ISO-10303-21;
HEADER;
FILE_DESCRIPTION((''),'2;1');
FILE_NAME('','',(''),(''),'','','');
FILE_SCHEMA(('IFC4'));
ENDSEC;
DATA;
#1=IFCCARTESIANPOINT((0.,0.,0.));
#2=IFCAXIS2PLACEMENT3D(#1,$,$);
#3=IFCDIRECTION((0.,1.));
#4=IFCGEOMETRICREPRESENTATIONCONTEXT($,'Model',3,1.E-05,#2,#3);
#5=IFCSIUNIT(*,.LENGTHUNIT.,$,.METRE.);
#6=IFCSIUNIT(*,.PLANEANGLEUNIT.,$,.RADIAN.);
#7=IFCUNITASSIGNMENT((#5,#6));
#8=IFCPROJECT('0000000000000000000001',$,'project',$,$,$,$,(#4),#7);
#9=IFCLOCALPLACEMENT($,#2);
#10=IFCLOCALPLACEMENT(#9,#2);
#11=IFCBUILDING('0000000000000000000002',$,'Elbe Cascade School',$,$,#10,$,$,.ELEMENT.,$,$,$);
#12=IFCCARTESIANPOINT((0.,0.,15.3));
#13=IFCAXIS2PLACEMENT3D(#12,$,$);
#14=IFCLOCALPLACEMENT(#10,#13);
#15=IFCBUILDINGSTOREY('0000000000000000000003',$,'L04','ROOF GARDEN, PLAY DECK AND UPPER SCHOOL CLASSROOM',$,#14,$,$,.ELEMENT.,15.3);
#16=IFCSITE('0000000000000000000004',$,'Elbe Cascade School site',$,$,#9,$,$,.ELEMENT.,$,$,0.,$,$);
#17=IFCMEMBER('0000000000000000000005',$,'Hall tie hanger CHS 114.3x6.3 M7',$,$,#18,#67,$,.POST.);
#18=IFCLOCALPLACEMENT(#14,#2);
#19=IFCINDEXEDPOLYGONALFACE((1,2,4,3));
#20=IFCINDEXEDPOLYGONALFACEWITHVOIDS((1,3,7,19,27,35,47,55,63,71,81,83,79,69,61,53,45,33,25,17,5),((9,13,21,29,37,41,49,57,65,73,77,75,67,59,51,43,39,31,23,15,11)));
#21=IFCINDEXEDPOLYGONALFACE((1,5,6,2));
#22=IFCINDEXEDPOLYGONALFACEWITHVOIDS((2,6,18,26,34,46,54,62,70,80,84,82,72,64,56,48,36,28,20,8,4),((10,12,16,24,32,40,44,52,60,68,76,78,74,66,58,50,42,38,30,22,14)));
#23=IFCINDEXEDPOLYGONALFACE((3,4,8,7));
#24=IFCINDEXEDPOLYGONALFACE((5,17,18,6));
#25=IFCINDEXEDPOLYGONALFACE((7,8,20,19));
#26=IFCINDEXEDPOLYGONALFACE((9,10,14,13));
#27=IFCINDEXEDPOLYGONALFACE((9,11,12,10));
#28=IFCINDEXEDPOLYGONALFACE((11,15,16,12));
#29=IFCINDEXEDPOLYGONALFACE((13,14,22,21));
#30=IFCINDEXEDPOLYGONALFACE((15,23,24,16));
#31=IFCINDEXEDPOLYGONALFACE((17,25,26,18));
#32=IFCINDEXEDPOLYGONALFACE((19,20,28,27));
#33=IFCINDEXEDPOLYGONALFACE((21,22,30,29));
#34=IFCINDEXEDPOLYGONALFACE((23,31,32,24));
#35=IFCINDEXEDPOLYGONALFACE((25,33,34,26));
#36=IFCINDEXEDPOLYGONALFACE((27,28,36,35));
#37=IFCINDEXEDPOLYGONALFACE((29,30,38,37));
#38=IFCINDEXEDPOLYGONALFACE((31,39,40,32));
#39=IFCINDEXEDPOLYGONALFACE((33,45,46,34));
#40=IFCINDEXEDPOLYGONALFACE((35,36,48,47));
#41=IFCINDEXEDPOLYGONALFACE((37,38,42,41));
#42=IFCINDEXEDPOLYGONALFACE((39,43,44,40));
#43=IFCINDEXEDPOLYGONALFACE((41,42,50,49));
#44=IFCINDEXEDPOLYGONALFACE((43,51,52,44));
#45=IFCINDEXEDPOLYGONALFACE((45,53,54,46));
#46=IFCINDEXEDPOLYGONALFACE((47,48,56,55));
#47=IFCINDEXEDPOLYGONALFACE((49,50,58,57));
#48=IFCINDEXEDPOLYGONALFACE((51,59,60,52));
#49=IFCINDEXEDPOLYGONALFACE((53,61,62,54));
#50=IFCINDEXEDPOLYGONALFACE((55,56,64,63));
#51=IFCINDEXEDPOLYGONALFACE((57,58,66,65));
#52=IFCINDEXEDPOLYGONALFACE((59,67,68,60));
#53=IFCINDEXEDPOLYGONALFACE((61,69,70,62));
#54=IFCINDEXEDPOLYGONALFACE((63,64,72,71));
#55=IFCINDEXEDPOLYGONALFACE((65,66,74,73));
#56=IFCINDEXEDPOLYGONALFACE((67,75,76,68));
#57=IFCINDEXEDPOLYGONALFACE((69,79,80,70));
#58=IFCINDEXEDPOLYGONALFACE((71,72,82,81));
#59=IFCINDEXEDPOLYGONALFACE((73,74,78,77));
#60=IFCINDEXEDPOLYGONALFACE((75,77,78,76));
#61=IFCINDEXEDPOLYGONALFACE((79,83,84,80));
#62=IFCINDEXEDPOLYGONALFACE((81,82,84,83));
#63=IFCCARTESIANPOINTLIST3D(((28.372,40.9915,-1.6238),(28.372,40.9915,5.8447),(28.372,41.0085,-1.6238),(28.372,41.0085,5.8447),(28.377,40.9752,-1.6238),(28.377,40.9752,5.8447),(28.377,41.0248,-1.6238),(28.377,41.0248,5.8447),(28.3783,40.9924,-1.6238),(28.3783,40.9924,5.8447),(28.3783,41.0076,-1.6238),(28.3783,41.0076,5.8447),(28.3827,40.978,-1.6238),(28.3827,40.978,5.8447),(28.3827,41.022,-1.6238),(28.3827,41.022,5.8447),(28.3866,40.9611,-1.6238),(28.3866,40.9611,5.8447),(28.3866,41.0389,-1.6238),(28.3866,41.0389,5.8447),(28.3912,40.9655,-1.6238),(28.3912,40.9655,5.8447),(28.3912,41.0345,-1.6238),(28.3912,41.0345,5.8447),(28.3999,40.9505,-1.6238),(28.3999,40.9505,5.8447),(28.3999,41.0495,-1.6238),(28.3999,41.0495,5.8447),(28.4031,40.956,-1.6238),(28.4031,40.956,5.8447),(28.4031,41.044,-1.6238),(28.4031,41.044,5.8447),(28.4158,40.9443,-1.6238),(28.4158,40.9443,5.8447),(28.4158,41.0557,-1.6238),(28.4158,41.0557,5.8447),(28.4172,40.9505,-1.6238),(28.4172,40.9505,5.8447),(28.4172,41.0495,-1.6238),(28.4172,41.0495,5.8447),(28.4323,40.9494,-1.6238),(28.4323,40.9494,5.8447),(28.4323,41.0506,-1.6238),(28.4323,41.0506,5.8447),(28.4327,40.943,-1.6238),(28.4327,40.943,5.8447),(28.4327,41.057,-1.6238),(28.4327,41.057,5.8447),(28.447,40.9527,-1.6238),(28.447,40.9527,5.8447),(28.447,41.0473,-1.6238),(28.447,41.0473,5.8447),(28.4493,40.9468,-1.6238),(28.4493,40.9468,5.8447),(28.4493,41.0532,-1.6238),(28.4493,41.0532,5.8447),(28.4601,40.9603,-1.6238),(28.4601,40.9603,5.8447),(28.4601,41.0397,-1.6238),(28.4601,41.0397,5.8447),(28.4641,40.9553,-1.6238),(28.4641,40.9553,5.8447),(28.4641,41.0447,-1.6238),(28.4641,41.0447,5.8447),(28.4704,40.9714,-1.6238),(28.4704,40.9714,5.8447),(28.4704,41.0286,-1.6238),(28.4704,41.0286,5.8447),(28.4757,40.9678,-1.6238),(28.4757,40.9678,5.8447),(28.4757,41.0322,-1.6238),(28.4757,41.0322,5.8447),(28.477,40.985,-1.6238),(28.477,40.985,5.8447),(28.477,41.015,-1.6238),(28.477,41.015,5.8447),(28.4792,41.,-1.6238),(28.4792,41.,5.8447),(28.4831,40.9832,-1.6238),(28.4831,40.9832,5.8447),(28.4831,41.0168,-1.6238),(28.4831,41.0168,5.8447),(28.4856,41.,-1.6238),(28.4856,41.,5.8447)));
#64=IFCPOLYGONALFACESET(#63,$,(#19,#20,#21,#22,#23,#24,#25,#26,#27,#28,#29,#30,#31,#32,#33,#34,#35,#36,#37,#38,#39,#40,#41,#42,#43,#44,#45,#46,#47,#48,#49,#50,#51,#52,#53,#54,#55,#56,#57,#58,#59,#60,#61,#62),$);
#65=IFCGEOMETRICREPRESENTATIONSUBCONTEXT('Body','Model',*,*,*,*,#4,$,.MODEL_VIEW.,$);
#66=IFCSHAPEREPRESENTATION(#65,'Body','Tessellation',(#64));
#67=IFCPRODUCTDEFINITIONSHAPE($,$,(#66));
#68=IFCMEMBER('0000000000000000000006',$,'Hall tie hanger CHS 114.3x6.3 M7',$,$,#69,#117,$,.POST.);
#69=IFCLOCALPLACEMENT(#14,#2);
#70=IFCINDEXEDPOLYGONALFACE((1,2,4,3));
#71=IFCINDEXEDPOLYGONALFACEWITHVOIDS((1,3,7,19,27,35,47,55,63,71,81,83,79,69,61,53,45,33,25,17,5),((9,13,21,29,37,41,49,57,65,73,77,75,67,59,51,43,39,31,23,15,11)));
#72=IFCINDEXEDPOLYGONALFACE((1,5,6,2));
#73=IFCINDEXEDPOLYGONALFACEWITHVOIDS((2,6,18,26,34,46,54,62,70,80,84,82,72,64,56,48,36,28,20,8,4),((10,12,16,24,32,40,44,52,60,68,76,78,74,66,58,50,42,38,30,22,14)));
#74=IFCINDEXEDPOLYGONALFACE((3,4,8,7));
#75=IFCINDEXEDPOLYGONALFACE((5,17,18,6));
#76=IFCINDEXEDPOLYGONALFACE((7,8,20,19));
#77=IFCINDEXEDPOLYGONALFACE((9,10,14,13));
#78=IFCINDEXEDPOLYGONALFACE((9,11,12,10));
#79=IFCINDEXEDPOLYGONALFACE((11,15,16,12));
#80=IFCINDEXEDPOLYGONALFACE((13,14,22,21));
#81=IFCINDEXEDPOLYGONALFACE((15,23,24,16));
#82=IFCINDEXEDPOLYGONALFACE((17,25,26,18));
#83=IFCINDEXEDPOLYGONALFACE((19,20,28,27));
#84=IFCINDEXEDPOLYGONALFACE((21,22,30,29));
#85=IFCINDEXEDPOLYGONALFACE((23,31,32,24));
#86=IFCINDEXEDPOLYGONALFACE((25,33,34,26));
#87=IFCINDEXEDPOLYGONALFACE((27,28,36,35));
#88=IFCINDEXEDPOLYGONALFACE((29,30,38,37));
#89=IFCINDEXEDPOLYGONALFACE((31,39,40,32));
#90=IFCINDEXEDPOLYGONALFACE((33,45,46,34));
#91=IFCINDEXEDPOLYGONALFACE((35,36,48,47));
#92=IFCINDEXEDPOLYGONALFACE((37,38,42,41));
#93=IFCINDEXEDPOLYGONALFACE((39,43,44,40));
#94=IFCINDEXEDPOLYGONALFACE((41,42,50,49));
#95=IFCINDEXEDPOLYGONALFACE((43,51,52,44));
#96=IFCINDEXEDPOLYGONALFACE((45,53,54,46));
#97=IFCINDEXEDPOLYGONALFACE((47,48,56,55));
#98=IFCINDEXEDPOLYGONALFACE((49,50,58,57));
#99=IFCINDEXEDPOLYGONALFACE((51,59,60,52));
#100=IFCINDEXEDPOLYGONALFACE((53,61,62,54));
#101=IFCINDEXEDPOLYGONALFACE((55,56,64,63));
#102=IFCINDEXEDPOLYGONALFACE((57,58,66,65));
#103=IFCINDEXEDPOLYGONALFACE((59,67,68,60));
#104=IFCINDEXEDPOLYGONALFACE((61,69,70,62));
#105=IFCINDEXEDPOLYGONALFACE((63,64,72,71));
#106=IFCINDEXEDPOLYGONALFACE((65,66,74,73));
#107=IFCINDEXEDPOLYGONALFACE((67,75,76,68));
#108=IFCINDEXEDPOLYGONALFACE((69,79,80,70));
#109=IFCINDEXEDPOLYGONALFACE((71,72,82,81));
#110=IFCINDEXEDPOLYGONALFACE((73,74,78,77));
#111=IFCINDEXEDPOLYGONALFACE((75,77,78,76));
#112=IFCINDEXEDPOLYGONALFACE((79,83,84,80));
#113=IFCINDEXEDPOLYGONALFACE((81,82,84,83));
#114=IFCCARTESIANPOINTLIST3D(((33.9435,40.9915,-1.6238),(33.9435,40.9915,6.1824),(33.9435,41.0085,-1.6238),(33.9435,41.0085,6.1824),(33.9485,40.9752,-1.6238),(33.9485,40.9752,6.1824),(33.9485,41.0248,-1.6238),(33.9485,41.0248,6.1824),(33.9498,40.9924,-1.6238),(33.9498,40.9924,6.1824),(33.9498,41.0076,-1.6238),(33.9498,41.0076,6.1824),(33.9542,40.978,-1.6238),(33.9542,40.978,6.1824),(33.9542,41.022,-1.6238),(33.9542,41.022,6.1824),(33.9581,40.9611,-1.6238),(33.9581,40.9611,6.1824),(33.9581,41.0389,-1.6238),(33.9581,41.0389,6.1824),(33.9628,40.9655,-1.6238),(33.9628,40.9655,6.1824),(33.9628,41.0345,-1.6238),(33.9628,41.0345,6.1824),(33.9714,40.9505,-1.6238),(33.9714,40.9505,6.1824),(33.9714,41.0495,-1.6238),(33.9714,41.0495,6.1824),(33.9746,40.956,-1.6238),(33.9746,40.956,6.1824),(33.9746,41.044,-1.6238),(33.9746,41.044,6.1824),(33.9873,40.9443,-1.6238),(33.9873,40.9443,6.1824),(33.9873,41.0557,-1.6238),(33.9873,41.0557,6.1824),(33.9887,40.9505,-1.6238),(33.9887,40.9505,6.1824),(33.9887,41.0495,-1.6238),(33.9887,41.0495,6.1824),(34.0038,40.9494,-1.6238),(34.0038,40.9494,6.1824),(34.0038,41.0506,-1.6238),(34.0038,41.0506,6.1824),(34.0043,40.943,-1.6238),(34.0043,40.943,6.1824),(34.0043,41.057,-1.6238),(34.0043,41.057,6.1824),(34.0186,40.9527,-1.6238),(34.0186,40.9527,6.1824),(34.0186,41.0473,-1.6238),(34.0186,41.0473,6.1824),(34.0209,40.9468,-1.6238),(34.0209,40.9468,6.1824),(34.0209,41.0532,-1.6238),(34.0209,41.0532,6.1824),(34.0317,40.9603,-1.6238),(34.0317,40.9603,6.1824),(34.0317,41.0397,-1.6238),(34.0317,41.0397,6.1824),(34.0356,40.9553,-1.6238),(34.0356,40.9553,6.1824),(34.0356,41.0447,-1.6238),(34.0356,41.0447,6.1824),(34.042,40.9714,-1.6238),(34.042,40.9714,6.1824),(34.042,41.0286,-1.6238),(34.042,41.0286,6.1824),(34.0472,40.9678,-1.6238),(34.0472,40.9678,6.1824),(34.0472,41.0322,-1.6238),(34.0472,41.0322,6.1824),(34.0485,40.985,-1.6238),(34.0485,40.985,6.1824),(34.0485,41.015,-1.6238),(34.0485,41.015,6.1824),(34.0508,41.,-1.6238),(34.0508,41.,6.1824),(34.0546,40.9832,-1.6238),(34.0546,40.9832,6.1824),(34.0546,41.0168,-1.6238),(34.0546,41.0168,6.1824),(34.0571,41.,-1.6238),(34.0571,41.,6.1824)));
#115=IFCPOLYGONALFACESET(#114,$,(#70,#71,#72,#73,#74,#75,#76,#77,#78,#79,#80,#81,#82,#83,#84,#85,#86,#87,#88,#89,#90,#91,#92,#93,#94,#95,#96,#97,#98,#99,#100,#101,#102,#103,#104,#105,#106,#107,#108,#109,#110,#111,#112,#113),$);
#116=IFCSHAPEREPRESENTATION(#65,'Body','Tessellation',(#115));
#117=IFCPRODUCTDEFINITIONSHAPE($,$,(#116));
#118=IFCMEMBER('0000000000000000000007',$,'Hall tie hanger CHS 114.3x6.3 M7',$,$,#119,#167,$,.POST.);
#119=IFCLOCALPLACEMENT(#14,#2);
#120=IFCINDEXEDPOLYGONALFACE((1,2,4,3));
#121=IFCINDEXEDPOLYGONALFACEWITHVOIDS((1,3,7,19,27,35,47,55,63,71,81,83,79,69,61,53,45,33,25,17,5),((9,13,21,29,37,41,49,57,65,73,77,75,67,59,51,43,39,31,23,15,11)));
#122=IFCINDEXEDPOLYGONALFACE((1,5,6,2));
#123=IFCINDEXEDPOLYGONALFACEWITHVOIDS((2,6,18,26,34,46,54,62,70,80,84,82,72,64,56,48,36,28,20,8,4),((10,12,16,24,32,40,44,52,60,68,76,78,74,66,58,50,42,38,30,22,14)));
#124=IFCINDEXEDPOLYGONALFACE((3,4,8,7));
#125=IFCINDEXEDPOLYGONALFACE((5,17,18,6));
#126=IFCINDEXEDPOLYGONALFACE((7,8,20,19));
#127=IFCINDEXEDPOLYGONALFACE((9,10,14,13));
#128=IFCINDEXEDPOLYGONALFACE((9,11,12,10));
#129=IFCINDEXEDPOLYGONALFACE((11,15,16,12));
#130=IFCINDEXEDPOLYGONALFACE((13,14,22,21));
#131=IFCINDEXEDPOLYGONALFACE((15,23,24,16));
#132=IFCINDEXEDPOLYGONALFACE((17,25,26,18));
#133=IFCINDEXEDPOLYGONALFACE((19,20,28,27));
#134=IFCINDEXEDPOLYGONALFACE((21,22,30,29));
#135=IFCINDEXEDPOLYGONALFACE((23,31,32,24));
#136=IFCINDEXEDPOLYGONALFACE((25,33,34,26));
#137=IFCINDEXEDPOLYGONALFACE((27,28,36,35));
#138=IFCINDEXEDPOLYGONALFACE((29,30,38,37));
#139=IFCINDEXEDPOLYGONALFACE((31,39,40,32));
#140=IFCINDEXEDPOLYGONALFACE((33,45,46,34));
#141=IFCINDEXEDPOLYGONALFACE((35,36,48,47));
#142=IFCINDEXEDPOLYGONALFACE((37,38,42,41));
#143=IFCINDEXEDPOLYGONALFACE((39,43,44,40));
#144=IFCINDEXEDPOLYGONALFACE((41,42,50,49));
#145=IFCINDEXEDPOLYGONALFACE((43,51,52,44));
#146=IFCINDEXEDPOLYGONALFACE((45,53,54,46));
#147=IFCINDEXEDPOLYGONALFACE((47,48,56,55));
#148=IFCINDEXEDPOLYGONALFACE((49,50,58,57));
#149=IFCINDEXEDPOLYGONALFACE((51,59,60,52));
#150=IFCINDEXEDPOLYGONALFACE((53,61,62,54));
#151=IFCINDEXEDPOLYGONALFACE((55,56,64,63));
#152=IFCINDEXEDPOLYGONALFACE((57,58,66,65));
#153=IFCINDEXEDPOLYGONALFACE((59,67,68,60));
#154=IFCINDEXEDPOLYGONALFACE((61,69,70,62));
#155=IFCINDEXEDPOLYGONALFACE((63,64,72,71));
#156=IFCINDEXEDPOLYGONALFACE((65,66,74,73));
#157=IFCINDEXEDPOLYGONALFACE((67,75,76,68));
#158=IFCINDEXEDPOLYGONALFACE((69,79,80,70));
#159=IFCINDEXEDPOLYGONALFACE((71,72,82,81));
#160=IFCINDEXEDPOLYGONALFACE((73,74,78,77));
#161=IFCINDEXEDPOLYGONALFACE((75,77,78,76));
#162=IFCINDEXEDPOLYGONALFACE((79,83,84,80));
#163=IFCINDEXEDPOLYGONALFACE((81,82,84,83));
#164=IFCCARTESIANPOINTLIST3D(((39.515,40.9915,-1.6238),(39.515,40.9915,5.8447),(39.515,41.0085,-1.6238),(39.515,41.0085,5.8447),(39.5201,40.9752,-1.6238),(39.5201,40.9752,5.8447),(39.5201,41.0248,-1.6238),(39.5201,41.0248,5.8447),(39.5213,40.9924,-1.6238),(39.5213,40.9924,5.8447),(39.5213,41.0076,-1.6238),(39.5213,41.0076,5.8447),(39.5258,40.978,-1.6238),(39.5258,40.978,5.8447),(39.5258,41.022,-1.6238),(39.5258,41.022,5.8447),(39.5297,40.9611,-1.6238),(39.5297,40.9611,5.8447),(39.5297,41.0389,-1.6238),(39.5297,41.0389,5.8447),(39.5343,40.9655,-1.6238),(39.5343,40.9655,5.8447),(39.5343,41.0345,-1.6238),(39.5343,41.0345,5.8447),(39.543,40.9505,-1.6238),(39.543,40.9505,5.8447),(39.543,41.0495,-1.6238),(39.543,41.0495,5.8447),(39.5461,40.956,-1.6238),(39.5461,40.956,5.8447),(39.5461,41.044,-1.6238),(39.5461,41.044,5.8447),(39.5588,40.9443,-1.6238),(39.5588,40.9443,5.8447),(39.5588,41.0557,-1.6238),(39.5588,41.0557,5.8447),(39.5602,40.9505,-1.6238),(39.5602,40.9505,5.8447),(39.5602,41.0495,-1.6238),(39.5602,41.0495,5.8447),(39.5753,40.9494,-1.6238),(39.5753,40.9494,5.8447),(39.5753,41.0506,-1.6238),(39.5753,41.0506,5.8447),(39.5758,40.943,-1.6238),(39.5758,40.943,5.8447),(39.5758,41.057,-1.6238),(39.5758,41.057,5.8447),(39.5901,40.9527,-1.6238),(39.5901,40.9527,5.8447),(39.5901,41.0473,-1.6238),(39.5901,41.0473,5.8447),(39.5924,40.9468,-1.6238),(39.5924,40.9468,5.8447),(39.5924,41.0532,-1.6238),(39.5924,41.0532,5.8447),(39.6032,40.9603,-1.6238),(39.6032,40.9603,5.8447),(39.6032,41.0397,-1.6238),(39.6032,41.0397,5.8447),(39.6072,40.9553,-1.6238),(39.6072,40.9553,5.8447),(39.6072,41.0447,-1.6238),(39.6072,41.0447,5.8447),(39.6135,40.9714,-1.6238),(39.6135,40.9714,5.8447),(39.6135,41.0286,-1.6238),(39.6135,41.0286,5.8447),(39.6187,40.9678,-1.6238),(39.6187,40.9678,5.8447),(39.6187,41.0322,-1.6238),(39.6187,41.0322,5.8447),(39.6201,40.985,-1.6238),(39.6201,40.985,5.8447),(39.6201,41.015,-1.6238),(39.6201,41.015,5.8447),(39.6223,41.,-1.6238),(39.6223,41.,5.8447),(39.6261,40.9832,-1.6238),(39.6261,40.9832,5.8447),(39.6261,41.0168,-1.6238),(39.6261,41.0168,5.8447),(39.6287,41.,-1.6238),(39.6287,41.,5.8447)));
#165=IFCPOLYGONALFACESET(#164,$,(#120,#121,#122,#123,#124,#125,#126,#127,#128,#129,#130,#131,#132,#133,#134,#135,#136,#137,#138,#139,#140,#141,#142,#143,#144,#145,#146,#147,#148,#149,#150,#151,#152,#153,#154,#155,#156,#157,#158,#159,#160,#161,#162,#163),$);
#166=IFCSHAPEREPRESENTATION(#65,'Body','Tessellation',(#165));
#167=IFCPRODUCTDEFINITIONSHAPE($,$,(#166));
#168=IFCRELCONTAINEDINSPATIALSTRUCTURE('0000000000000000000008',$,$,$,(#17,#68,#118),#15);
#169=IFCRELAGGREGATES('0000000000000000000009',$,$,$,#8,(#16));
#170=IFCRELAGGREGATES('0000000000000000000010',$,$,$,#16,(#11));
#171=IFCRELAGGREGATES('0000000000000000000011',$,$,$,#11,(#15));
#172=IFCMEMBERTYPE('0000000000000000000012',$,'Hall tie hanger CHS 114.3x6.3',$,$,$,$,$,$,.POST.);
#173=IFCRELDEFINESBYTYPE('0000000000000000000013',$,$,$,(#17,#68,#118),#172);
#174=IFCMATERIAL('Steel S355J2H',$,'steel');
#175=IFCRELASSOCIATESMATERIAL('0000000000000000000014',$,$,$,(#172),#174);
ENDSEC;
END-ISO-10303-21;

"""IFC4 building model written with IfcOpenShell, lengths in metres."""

from ifc_helpers import new_model, si_unit, direction, frame, origin, origin_2d, place, context, subcontext, project, spatial, hollow_circle, extrude, material, material_profile, profile_set, type_object, element, save


model = new_model("IFC4")

# Units and contexts
model_context = context("Model", 3, precision=1e-05, world=origin(), true_north=direction((0.0, 1.0)))
body_context = subcontext(model_context, "Body", "Model", "MODEL_VIEW")
ifc_project = project(units=[si_unit("LENGTHUNIT", "METRE"), si_unit("PLANEANGLEUNIT", "RADIAN")], contexts=[model_context])

# Site, building, storey
site_placement = place(None, origin())
site = spatial("IfcSite", under=ifc_project, at=site_placement, Name="Elbe Cascade School site", CompositionType="ELEMENT", RefElevation=0.0)
building_placement = place(site_placement, origin())
building = spatial("IfcBuilding", under=site, at=building_placement, Name="Elbe Cascade School", CompositionType="ELEMENT")
storey_placement = place(building_placement, frame((0.0, 0.0, 15.3)))
storey = spatial("IfcBuildingStorey", under=building, at=storey_placement, Name="L04", Description="ROOF GARDEN, PLAY DECK AND UPPER SCHOOL CLASSROOM", CompositionType="ELEMENT", Elevation=15.3)

# Members
ifc_material_1 = material(Name="Steel S355J2H", Category="steel")
ifc_material_profile_1 = material_profile(ifc_material_1, hollow_circle(Radius=0.0571, WallThickness=0.0063, at=origin_2d()), Name="CHS 114.3x6.3")
ifc_profile_set_1 = profile_set([ifc_material_profile_1], Name="Steel S355J2H")
member_type_1 = type_object("IfcMemberType", Name="Hall tie hanger CHS 114.3x6.3", PredefinedType="POST", material=ifc_profile_set_1)
member_1_placement = place(storey_placement, frame((28.4285, 41.0, -1.6238), z_axis=(0.0, 0.0, 1.0), x_axis=(1.0, 0.0, 0.0)))
element("IfcMember", 1, at=member_1_placement, inside=storey, type_object=member_type_1, Name="Hall tie hanger CHS 114.3x6.3 M7", PredefinedType="POST", context=body_context, shape_type="SweptSolid", body=[
    extrude(hollow_circle(Radius=0.0571, WallThickness=0.0063, at=origin_2d()), origin(), (0.0, 0.0, 1.0), 7.4685),
])
member_2_placement = place(storey_placement, frame((34.0, 41.0, -1.6238), z_axis=(0.0, 0.0, 1.0), x_axis=(1.0, 0.0, 0.0)))
element("IfcMember", 2, at=member_2_placement, inside=storey, type_object=member_type_1, Name="Hall tie hanger CHS 114.3x6.3 M7", PredefinedType="POST", context=body_context, shape_type="SweptSolid", body=[
    extrude(hollow_circle(Radius=0.0571, WallThickness=0.0063, at=origin_2d()), origin(), (0.0, 0.0, 1.0), 7.8062),
])
member_3_placement = place(storey_placement, frame((39.5715, 41.0, -1.6238), z_axis=(0.0, 0.0, 1.0), x_axis=(1.0, 0.0, 0.0)))
element("IfcMember", 3, at=member_3_placement, inside=storey, type_object=member_type_1, Name="Hall tie hanger CHS 114.3x6.3 M7", PredefinedType="POST", context=body_context, shape_type="SweptSolid", body=[
    extrude(hollow_circle(Radius=0.0571, WallThickness=0.0063, at=origin_2d()), origin(), (0.0, 0.0, 1.0), 7.4685),
])

save(model, "model.ifc")
